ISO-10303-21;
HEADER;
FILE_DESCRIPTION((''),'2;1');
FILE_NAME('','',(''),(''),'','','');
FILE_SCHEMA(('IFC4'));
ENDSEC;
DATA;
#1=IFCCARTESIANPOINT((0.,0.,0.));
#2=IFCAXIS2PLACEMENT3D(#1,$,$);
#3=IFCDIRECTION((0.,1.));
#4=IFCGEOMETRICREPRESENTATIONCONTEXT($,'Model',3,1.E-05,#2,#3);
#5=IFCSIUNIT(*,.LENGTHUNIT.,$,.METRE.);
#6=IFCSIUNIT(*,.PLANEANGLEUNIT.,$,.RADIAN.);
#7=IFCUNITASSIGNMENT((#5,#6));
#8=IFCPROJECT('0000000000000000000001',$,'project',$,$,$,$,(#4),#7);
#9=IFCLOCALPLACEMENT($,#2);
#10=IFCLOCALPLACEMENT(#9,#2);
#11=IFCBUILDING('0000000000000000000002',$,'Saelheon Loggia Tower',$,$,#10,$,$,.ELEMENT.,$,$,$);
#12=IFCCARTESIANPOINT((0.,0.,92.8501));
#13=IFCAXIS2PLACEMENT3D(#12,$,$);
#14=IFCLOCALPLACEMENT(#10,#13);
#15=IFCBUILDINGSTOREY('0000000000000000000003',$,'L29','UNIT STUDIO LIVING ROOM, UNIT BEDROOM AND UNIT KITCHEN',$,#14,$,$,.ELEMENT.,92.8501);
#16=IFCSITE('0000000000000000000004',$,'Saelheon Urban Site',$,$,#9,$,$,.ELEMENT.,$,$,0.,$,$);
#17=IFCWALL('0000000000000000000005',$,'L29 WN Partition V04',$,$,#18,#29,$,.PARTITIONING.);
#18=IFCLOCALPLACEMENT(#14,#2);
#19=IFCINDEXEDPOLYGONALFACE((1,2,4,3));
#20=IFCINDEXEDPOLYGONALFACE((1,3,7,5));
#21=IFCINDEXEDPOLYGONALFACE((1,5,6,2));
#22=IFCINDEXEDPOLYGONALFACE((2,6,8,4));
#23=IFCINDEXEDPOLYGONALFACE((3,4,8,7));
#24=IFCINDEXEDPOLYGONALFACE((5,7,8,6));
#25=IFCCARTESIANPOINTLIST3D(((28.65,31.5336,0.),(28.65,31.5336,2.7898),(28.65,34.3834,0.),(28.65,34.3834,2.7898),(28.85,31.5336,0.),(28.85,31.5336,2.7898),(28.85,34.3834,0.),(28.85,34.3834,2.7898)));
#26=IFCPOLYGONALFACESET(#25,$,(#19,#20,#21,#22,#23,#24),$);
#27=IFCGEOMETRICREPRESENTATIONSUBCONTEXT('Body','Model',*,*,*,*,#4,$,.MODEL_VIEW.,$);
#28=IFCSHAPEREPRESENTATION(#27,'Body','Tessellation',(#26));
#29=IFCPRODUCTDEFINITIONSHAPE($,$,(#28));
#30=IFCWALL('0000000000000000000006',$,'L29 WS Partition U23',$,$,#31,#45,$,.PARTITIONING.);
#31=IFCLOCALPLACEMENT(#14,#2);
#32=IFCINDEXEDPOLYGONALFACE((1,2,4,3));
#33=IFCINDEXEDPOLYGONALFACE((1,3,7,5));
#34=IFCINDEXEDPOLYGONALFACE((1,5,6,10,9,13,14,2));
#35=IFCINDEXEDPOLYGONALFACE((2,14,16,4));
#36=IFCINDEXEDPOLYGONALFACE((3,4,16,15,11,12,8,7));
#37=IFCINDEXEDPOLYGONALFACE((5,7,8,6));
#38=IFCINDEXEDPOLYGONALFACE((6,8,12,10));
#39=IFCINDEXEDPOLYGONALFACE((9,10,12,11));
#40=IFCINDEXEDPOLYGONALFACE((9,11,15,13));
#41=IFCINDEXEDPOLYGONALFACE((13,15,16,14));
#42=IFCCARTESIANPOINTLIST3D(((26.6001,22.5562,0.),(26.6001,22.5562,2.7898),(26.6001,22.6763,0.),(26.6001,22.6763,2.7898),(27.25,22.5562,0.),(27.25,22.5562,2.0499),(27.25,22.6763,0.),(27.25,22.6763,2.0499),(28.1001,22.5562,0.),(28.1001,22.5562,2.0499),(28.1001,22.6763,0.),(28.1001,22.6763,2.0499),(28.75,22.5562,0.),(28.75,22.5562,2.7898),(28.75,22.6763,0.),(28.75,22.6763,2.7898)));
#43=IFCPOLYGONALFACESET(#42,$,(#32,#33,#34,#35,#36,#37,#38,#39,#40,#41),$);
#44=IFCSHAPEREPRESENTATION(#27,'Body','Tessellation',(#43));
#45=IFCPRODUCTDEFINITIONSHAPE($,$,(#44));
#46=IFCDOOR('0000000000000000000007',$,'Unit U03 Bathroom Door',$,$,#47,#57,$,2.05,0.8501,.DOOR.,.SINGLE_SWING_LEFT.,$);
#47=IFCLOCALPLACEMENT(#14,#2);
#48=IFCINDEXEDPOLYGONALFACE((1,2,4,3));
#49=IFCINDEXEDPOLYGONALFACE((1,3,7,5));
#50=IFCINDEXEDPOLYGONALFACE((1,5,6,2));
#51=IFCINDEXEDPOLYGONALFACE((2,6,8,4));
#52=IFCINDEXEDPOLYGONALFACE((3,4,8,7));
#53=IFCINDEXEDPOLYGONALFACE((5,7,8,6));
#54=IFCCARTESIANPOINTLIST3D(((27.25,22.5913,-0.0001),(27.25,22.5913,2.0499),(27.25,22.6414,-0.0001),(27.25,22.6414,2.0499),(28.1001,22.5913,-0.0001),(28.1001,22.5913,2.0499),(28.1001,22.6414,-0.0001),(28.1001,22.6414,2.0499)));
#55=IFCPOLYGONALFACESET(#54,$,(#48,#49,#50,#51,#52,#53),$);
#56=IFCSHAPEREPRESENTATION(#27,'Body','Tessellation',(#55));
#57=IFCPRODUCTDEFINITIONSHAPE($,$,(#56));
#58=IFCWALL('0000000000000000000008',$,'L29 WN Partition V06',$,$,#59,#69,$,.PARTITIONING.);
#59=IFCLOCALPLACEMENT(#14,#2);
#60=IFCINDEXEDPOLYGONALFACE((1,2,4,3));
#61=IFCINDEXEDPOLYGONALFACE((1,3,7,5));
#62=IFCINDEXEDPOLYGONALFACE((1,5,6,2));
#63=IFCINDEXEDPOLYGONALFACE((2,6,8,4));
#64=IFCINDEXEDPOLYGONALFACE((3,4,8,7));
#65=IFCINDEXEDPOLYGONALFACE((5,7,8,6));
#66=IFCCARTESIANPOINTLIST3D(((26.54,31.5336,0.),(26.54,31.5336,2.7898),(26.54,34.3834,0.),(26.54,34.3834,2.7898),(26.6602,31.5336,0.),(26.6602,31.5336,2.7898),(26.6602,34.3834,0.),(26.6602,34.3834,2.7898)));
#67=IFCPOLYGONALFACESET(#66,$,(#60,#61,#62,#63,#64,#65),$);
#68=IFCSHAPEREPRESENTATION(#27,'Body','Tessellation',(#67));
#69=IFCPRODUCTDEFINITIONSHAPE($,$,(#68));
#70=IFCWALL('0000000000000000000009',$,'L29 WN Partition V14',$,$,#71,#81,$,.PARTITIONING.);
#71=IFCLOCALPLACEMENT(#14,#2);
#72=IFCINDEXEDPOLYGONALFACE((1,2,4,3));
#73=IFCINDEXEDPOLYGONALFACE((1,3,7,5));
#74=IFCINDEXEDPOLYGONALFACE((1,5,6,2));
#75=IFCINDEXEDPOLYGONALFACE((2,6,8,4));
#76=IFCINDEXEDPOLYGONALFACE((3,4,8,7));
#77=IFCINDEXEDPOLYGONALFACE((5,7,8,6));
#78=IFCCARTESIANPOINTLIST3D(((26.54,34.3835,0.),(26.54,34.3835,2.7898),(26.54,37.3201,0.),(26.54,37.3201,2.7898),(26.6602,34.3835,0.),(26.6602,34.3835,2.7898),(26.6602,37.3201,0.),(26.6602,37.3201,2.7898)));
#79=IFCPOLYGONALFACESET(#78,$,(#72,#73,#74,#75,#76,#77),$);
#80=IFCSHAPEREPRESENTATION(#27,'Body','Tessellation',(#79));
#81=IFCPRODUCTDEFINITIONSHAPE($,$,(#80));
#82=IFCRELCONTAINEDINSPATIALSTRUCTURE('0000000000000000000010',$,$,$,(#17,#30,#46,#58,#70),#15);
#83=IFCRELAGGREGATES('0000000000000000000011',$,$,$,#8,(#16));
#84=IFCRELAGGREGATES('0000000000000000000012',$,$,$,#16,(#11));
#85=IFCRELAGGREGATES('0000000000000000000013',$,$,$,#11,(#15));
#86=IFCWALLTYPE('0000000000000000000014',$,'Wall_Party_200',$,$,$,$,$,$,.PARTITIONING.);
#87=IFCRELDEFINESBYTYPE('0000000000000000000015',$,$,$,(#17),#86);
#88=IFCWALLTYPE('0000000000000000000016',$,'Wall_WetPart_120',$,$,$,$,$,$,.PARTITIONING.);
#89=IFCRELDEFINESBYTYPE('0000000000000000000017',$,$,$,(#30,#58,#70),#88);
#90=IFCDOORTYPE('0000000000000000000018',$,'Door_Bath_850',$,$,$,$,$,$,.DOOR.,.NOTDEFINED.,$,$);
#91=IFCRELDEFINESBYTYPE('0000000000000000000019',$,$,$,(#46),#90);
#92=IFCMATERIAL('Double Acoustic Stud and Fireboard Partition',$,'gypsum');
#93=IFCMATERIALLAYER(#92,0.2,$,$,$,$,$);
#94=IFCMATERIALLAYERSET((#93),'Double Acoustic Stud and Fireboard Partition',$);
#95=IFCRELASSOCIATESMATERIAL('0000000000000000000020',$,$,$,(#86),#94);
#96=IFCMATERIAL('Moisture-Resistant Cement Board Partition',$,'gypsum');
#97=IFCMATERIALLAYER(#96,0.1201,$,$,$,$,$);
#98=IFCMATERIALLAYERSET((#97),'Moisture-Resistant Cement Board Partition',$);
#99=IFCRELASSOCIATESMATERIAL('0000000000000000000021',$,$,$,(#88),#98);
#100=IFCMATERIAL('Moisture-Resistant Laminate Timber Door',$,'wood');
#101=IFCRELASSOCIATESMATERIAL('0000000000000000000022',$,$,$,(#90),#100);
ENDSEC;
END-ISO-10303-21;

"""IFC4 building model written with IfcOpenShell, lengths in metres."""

from ifc_helpers import new_model, si_unit, direction, frame, frame_2d, origin, place, context, subcontext, project, spatial, rectangle, extrude, source, transform, mapped, material, layer, layer_set, type_object, element, fill, save


model = new_model("IFC4")

# Units and contexts
model_context = context("Model", 3, precision=1e-05, world=origin(), true_north=direction((0.0, 1.0)))
body_context = subcontext(model_context, "Body", "Model", "MODEL_VIEW")
ifc_project = project(units=[si_unit("LENGTHUNIT", "METRE"), si_unit("PLANEANGLEUNIT", "RADIAN")], contexts=[model_context])

# Site, building, storey
site_placement = place(None, origin())
site = spatial("IfcSite", under=ifc_project, at=site_placement, Name="Saelheon Urban Site", CompositionType="ELEMENT", RefElevation=0.0)
building_placement = place(site_placement, origin())
building = spatial("IfcBuilding", under=site, at=building_placement, Name="Saelheon Loggia Tower", CompositionType="ELEMENT")
storey_placement = place(building_placement, frame((0.0, 0.0, 92.8501)))
storey = spatial("IfcBuildingStorey", under=building, at=storey_placement, Name="L29", Description="UNIT STUDIO LIVING ROOM, UNIT BEDROOM AND UNIT KITCHEN", CompositionType="ELEMENT", Elevation=92.8501)

# Shared definitions
ifc_material_1 = material(Name="Double Acoustic Stud and Fireboard Partition", Category="gypsum")
ifc_layer_1 = layer(ifc_material_1, 0.2)
ifc_layer_set_1 = layer_set([ifc_layer_1], Name="Double Acoustic Stud and Fireboard Partition")
wall_type_1 = type_object("IfcWallType", Name="Wall_Party_200", PredefinedType="PARTITIONING", material=ifc_layer_set_1)

# Wall
wall_1_placement = place(storey_placement, frame((28.75, 31.5337, 0.0), z_axis=(0.0, 0.0, 1.0), x_axis=(0.0, 1.0, 0.0)))
element("IfcWall", 1, at=wall_1_placement, inside=storey, type_object=wall_type_1, Name="L29 WN Partition V04", PredefinedType="PARTITIONING", context=body_context, shape_type="SweptSolid", body=[
    extrude(rectangle(XDim=2.8499, YDim=0.2, at=frame_2d((1.4248, 0.0))), origin(), (0.0, 0.0, 1.0), 2.7898),
])

# Wall, opening, door
ifc_material_2 = material(Name="Moisture-Resistant Cement Board Partition", Category="gypsum")
ifc_layer_2 = layer(ifc_material_2, 0.1201)
ifc_layer_set_2 = layer_set([ifc_layer_2], Name="Moisture-Resistant Cement Board Partition")
wall_type_2 = type_object("IfcWallType", Name="Wall_WetPart_120", PredefinedType="PARTITIONING", material=ifc_layer_set_2)
wall_2_placement = place(storey_placement, frame((28.75, 22.6162, 0.0), z_axis=(0.0, 0.0, 1.0), x_axis=(-1.0, 0.0, 0.0)))
wall_2 = element("IfcWall", 2, at=wall_2_placement, inside=storey, type_object=wall_type_2, Name="L29 WS Partition U23", PredefinedType="PARTITIONING", context=body_context, shape_type="SweptSolid", body=[
    extrude(rectangle(XDim=2.1499, YDim=0.1201, at=frame_2d((1.075, 0.0))), origin(), (0.0, 0.0, 1.0), 2.7898),
])
opening_1_placement = place(wall_2_placement, frame((0.6499, 0.0, 0.0)))
opening_1 = element("IfcOpeningElement", 3, at=opening_1_placement, cuts=wall_2, PredefinedType="OPENING", context=body_context, shape_type="SweptSolid", body=[
    extrude(rectangle(XDim=0.8501, YDim=2.05, at=frame_2d((0.425, 1.0249))), frame((0.0, 0.072, 0.0), z_axis=(0.0, -1.0, 0.0), x_axis=(1.0, 0.0, 0.0)), (0.0, 0.0, 1.0), 0.144),
])
ifc_material_3 = material(Name="Moisture-Resistant Laminate Timber Door", Category="wood")
door_type_1 = type_object("IfcDoorType", Name="Door_Bath_850", OperationType="NOTDEFINED", PredefinedType="DOOR", material=ifc_material_3)
shared_shape_1 = source(origin(), body_context, "Body", "SweptSolid", [
    extrude(rectangle(XDim=0.8501, YDim=2.05, at=frame_2d((0.425, 1.0249))), frame((0.0, 0.0249, 0.0), z_axis=(0.0, -1.0, 0.0), x_axis=(1.0, 0.0, 0.0)), (0.0, 0.0, 1.0), 0.05),
])
door_1_placement = place(opening_1_placement, origin())
door_1 = element("IfcDoor", 4, at=door_1_placement, inside=storey, type_object=door_type_1, Name="Unit U03 Bathroom Door", OperationType="SINGLE_SWING_LEFT", OverallHeight=2.05, OverallWidth=0.8501, PredefinedType="DOOR", context=body_context, shape_type="MappedRepresentation", body=[
    mapped(shared_shape_1, transform((0.0, 0.0, 0.0), scale=1.0)),
])
fill(opening_1, door_1)

# Walls
wall_3_placement = place(storey_placement, frame((26.6001, 31.5337, 0.0), z_axis=(0.0, 0.0, 1.0), x_axis=(0.0, 1.0, 0.0)))
element("IfcWall", 5, at=wall_3_placement, inside=storey, type_object=wall_type_2, Name="L29 WN Partition V06", PredefinedType="PARTITIONING", context=body_context, shape_type="SweptSolid", body=[
    extrude(rectangle(XDim=2.8499, YDim=0.1201, at=frame_2d((1.4248, 0.0))), origin(), (0.0, 0.0, 1.0), 2.7898),
])
wall_4_placement = place(storey_placement, frame((26.6001, 34.3835, 0.0), z_axis=(0.0, 0.0, 1.0), x_axis=(0.0, 1.0, 0.0)))
element("IfcWall", 6, at=wall_4_placement, inside=storey, type_object=wall_type_2, Name="L29 WN Partition V14", PredefinedType="PARTITIONING", context=body_context, shape_type="SweptSolid", body=[
    extrude(rectangle(XDim=2.9365, YDim=0.1201, at=frame_2d((1.4683, 0.0))), origin(), (0.0, 0.0, 1.0), 2.7898),
])

save(model, "model.ifc")
